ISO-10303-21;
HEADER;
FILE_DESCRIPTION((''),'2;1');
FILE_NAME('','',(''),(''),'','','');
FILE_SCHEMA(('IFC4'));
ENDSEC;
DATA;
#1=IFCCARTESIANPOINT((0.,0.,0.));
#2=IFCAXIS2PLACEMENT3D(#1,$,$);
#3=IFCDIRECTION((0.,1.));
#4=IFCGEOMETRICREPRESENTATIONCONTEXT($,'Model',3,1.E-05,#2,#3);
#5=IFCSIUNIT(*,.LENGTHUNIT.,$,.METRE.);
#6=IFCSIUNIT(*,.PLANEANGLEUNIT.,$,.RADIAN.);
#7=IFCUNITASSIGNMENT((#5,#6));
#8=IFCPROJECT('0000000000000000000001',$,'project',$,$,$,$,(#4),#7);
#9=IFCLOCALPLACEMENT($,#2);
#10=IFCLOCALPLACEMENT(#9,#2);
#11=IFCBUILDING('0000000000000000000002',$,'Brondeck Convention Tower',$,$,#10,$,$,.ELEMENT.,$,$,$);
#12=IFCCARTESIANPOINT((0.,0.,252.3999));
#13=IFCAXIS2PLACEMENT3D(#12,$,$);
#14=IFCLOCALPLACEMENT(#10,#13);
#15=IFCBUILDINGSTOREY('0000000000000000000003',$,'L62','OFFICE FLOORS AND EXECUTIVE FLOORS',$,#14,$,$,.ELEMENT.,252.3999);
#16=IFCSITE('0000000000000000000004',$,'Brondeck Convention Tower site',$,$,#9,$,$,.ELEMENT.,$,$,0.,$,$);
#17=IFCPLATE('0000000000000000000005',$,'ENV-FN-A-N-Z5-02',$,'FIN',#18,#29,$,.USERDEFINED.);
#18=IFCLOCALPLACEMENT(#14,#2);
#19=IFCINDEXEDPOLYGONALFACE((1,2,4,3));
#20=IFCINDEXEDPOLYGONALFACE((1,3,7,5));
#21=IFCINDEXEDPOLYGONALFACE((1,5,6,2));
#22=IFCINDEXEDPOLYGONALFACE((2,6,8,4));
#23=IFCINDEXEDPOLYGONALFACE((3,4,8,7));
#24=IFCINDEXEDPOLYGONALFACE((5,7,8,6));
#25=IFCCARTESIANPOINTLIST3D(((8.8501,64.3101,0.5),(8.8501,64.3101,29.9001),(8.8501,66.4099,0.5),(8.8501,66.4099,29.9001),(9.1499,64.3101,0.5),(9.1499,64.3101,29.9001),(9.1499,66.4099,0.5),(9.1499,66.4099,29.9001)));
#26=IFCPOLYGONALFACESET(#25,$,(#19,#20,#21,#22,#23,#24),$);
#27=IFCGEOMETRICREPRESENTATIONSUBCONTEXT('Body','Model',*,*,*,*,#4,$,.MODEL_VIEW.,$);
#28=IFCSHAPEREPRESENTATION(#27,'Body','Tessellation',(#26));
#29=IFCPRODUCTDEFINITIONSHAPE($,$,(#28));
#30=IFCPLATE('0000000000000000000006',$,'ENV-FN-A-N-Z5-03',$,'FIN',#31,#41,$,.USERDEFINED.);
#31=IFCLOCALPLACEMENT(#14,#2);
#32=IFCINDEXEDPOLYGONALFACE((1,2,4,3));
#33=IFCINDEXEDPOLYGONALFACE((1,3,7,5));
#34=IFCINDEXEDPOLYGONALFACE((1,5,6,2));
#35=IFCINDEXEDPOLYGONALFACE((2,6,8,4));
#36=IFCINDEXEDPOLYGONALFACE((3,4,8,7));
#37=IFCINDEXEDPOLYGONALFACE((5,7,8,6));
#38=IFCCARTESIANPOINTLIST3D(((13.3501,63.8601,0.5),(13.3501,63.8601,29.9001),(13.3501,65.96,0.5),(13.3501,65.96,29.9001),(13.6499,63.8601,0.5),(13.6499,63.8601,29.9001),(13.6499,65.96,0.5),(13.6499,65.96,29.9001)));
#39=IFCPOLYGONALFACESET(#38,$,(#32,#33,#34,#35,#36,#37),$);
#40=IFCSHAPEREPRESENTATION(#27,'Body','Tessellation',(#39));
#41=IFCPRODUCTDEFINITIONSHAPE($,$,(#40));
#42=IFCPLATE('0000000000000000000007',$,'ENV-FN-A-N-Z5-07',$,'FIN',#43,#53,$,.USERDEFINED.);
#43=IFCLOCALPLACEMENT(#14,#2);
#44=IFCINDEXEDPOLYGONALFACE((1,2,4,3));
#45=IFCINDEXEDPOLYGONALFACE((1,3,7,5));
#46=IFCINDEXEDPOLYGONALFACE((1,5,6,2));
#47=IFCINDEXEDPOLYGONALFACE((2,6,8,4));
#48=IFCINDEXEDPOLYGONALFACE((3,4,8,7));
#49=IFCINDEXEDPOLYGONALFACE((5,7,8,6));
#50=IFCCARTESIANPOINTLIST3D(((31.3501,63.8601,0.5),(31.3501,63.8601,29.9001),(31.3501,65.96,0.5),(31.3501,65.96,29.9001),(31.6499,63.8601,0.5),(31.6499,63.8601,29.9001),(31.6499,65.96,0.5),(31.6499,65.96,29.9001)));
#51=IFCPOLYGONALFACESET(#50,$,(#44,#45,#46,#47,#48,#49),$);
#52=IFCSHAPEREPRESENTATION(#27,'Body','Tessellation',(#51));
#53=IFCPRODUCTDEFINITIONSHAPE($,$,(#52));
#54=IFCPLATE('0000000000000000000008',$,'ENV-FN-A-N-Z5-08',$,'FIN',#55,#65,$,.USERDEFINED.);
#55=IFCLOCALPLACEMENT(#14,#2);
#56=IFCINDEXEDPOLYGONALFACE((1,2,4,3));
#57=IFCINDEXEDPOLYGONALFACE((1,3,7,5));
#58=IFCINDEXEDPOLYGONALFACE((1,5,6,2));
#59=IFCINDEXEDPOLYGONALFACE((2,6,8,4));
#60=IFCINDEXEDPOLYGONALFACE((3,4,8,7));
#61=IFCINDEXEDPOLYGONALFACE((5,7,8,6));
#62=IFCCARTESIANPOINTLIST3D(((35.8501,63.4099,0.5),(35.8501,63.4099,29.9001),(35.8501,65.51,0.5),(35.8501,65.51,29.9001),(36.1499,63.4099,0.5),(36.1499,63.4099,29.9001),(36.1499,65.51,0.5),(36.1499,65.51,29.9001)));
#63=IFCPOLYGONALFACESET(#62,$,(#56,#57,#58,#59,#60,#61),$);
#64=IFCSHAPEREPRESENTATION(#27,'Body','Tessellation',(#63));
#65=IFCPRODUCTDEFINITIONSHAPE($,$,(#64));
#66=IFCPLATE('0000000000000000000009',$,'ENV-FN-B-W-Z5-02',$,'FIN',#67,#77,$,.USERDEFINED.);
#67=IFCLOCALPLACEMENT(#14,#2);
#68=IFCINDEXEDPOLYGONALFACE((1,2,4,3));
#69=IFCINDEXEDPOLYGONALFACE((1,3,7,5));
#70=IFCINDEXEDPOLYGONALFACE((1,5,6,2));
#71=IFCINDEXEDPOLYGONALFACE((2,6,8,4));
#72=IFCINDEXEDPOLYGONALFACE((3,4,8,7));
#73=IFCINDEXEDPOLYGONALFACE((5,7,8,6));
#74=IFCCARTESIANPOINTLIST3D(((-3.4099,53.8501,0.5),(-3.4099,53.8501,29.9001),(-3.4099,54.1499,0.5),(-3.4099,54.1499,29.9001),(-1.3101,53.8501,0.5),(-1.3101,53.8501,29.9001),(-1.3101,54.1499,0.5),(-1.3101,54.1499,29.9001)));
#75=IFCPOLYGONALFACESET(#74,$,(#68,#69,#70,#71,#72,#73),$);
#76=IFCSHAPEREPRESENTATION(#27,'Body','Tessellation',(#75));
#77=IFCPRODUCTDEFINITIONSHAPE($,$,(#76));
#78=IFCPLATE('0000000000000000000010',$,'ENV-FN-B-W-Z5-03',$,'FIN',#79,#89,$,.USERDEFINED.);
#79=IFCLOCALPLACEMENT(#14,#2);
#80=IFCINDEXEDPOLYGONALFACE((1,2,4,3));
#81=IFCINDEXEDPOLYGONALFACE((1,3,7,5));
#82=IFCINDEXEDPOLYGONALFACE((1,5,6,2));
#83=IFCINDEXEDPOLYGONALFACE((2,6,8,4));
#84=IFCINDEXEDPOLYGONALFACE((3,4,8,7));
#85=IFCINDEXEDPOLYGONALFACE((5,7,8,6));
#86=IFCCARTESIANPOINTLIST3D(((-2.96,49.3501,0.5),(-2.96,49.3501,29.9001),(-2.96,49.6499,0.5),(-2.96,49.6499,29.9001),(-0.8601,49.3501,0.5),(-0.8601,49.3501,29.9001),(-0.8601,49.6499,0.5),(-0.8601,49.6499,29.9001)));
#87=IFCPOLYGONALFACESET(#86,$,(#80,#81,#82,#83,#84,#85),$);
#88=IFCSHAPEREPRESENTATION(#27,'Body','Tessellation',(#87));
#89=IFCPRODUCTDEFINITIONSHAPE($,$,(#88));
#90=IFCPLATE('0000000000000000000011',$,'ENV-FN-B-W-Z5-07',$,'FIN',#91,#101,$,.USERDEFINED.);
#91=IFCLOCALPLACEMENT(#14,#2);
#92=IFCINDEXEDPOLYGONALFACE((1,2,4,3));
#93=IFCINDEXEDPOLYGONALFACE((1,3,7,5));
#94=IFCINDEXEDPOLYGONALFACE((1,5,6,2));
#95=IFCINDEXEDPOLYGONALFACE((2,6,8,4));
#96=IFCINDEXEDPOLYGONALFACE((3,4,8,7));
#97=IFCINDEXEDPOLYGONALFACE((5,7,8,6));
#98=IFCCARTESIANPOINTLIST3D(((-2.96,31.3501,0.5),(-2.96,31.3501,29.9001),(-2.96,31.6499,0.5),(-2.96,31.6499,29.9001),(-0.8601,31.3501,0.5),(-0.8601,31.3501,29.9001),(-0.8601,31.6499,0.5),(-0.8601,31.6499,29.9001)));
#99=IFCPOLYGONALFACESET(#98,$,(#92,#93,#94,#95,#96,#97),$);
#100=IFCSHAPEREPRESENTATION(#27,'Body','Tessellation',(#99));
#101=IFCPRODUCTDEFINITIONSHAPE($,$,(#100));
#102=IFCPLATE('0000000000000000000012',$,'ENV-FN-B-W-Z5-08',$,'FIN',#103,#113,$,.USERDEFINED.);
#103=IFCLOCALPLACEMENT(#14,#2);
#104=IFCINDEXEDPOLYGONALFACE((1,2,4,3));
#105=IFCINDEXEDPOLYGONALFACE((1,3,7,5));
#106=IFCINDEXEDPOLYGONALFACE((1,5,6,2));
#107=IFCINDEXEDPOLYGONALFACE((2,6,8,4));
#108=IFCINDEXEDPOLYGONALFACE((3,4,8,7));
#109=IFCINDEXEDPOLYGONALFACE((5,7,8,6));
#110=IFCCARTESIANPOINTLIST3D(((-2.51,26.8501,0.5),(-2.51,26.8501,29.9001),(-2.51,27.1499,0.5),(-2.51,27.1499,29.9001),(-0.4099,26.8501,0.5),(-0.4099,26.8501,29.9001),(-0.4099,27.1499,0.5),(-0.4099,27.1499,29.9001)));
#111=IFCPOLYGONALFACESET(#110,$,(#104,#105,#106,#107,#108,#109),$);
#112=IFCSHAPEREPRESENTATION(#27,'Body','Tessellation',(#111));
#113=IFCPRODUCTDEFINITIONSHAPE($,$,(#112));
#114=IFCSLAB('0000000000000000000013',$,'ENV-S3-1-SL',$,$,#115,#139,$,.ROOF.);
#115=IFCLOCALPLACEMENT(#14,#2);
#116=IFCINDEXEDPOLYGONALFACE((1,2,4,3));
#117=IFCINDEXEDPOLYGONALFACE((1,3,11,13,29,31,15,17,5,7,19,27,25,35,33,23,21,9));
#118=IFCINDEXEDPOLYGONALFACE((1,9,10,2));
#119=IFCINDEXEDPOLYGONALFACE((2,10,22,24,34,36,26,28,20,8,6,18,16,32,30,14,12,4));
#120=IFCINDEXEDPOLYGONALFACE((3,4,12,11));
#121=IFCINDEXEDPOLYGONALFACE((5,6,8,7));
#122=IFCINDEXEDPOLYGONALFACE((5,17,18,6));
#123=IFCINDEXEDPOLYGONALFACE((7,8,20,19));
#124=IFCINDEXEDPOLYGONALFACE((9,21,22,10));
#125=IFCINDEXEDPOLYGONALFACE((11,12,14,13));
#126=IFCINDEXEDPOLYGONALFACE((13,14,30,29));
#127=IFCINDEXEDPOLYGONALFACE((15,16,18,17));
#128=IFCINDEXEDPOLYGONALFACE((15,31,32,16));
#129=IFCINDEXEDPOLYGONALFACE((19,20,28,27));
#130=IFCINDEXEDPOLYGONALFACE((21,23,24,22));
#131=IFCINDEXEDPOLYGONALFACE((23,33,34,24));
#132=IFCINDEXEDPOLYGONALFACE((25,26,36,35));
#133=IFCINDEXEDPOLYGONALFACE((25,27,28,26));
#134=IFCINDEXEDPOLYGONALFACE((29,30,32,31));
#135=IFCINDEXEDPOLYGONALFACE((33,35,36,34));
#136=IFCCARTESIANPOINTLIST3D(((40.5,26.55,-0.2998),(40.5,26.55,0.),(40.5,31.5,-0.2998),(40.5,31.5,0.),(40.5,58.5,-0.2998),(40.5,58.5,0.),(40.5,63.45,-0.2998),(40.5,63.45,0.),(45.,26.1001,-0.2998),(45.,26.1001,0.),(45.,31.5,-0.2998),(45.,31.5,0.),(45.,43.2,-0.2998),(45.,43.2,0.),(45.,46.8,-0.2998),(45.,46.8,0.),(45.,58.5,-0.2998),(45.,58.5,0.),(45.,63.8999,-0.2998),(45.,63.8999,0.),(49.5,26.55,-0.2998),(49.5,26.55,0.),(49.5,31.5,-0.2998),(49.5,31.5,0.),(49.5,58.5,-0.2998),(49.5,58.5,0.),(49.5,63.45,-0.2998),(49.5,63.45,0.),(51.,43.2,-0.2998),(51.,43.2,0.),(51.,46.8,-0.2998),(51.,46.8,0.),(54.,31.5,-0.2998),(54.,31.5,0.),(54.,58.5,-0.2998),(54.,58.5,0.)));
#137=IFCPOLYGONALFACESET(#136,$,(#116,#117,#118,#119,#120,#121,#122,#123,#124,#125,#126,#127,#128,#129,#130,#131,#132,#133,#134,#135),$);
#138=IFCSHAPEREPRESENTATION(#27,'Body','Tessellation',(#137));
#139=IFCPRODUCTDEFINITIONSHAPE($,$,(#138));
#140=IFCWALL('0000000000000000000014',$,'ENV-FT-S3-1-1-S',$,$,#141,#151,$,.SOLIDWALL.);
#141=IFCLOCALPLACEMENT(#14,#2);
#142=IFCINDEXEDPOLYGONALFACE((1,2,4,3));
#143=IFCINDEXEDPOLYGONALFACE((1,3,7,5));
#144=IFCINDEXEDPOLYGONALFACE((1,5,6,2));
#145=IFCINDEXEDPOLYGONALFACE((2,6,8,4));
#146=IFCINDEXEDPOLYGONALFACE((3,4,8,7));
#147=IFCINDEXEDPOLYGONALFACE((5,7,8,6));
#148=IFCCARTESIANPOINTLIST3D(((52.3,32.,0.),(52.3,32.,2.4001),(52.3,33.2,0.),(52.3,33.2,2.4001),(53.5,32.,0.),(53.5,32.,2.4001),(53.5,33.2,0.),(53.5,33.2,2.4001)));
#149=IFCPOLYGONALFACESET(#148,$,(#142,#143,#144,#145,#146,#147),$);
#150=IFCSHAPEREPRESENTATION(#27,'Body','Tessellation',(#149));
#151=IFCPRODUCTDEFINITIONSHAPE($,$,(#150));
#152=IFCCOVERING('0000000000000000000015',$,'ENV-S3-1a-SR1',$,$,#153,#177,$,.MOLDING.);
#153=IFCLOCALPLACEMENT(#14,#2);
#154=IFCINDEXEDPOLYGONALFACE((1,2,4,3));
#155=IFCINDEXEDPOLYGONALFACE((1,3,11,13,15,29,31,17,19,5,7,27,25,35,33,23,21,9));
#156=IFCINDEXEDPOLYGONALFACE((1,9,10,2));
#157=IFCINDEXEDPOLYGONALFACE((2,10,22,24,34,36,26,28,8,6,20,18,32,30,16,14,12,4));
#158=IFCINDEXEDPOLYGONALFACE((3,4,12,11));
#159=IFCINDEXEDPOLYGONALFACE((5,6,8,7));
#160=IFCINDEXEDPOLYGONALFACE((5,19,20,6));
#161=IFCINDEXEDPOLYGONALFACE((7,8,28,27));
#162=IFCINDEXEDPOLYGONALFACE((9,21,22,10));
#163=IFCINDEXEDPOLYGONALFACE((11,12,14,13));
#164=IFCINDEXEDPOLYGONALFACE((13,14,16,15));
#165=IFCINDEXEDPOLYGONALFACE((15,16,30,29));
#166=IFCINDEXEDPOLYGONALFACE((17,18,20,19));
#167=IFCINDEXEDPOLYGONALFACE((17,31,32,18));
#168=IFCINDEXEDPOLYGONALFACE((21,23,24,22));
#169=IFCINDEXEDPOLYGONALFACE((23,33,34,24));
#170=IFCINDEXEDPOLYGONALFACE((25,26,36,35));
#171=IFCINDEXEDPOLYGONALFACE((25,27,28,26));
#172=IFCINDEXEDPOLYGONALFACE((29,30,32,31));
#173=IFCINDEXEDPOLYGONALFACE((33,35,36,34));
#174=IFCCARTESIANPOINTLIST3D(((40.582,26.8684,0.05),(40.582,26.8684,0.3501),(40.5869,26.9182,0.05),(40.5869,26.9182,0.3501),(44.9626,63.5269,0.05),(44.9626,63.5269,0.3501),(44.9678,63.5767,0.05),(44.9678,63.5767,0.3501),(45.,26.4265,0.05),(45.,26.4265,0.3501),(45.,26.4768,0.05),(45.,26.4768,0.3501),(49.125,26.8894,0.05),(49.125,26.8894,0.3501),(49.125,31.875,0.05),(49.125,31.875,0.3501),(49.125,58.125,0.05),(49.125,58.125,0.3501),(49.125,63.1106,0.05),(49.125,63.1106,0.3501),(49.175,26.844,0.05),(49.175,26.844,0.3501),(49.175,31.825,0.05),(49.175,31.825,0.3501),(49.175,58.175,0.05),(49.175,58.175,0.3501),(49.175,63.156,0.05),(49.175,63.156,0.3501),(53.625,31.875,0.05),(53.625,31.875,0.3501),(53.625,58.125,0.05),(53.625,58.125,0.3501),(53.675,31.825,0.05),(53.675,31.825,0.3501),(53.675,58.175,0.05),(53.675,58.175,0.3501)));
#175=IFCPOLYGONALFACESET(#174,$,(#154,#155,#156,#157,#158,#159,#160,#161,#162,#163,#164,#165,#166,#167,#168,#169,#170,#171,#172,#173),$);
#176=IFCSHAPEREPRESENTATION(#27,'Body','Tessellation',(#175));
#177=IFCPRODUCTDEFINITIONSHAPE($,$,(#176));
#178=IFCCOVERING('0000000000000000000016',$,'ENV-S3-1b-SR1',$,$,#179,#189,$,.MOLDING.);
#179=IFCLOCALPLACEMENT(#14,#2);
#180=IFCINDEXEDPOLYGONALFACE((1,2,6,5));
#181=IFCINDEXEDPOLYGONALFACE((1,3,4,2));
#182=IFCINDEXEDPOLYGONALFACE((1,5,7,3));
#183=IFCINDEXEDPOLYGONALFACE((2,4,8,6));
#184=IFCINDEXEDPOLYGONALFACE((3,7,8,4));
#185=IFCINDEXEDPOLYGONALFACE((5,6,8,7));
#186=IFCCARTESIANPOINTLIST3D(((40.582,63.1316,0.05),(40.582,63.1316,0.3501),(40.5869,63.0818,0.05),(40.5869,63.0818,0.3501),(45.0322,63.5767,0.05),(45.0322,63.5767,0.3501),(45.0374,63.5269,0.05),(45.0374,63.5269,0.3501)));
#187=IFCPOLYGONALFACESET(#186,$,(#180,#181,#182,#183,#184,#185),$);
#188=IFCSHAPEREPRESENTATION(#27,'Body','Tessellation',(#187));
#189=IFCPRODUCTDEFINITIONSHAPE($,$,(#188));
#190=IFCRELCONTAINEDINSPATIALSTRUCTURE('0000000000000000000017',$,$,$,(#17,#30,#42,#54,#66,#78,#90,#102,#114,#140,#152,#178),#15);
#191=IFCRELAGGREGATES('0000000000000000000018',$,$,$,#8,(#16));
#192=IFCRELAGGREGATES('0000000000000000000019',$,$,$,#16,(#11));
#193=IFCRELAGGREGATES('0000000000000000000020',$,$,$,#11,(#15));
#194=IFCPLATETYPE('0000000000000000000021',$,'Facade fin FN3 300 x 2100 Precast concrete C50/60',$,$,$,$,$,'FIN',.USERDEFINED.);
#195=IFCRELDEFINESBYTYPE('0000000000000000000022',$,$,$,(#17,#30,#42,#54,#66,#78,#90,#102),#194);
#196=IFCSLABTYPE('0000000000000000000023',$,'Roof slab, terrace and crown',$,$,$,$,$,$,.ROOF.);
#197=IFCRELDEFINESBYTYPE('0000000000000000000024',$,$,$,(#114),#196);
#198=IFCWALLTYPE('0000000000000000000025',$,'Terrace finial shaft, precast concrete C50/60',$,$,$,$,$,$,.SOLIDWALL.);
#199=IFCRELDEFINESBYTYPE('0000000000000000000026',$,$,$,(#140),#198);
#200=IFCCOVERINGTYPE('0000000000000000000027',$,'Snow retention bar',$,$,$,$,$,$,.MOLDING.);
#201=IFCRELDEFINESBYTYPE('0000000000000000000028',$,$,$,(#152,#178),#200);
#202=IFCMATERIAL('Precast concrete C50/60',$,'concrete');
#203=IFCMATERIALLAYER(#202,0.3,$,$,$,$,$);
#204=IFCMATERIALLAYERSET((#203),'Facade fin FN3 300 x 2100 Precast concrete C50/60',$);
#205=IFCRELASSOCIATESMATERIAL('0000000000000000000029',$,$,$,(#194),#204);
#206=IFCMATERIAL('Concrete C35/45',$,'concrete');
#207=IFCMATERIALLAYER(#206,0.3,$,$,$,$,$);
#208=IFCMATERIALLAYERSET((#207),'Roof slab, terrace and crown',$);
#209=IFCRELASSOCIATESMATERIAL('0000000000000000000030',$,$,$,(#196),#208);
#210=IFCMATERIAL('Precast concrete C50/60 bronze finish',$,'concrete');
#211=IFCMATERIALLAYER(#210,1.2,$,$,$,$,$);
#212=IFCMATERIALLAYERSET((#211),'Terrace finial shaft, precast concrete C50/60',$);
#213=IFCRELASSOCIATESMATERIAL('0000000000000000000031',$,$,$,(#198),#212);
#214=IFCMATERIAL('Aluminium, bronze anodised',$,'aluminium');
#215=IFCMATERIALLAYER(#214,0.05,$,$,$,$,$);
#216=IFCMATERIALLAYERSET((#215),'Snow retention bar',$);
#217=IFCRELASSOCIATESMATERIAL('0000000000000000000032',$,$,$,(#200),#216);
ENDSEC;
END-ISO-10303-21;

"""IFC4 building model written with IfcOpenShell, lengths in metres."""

from ifc_helpers import new_model, si_unit, direction, frame, origin, place, context, subcontext, project, spatial, polyline, outline, extrude, material, layer, layer_set, type_object, element, save


model = new_model("IFC4")

# Units and contexts
model_context = context("Model", 3, precision=1e-05, world=origin(), true_north=direction((0.0, 1.0)))
body_context = subcontext(model_context, "Body", "Model", "MODEL_VIEW")
ifc_project = project(units=[si_unit("LENGTHUNIT", "METRE"), si_unit("PLANEANGLEUNIT", "RADIAN")], contexts=[model_context])

# Site, building, storey
site_placement = place(None, origin())
site = spatial("IfcSite", under=ifc_project, at=site_placement, Name="Brondeck Convention Tower site", CompositionType="ELEMENT", RefElevation=0.0)
building_placement = place(site_placement, origin())
building = spatial("IfcBuilding", under=site, at=building_placement, Name="Brondeck Convention Tower", CompositionType="ELEMENT")
storey_placement = place(building_placement, frame((0.0, 0.0, 252.3999)))
storey = spatial("IfcBuildingStorey", under=building, at=storey_placement, Name="L62", Description="OFFICE FLOORS AND EXECUTIVE FLOORS", CompositionType="ELEMENT", Elevation=252.3999)

# Shared definitions
ifc_material_1 = material(Name="Concrete C35/45", Category="concrete")

# Plates
ifc_material_2 = material(Name="Precast concrete C50/60", Category="concrete")
ifc_layer_1 = layer(ifc_material_2, 0.3)
ifc_layer_set_1 = layer_set([ifc_layer_1], Name="Facade fin FN3 300 x 2100 Precast concrete C50/60")
plate_type_1 = type_object("IfcPlateType", Name="Facade fin FN3 300 x 2100 Precast concrete C50/60", ElementType="FIN", PredefinedType="USERDEFINED", material=ifc_layer_set_1)
plate_1_placement = place(storey_placement, frame((0.0, 0.0, 0.5)))
element("IfcPlate", 1, at=plate_1_placement, inside=storey, type_object=plate_type_1, Name="ENV-FN-A-N-Z5-02", ObjectType="FIN", PredefinedType="USERDEFINED", context=body_context, shape_type="SweptSolid", body=[
    extrude(outline(polyline([(8.8501, 66.4099), (8.8501, 64.3101), (9.1499, 64.3101), (9.1499, 66.4099), (8.8501, 66.4099)])), origin(), (0.0, 0.0, 1.0), 29.4001),
])
plate_2_placement = place(storey_placement, frame((0.0, 0.0, 0.5)))
element("IfcPlate", 2, at=plate_2_placement, inside=storey, type_object=plate_type_1, Name="ENV-FN-A-N-Z5-03", ObjectType="FIN", PredefinedType="USERDEFINED", context=body_context, shape_type="SweptSolid", body=[
    extrude(outline(polyline([(13.3501, 65.96), (13.3501, 63.8601), (13.6499, 63.8601), (13.6499, 65.96), (13.3501, 65.96)])), origin(), (0.0, 0.0, 1.0), 29.4001),
])
plate_3_placement = place(storey_placement, frame((0.0, 0.0, 0.5)))
element("IfcPlate", 3, at=plate_3_placement, inside=storey, type_object=plate_type_1, Name="ENV-FN-A-N-Z5-07", ObjectType="FIN", PredefinedType="USERDEFINED", context=body_context, shape_type="SweptSolid", body=[
    extrude(outline(polyline([(31.3501, 65.96), (31.3501, 63.8601), (31.6499, 63.8601), (31.6499, 65.96), (31.3501, 65.96)])), origin(), (0.0, 0.0, 1.0), 29.4001),
])
plate_4_placement = place(storey_placement, frame((0.0, 0.0, 0.5)))
element("IfcPlate", 4, at=plate_4_placement, inside=storey, type_object=plate_type_1, Name="ENV-FN-A-N-Z5-08", ObjectType="FIN", PredefinedType="USERDEFINED", context=body_context, shape_type="SweptSolid", body=[
    extrude(outline(polyline([(35.8501, 65.51), (35.8501, 63.4099), (36.1499, 63.4099), (36.1499, 65.51), (35.8501, 65.51)])), origin(), (0.0, 0.0, 1.0), 29.4001),
])
plate_5_placement = place(storey_placement, frame((0.0, 0.0, 0.5)))
element("IfcPlate", 5, at=plate_5_placement, inside=storey, type_object=plate_type_1, Name="ENV-FN-B-W-Z5-02", ObjectType="FIN", PredefinedType="USERDEFINED", context=body_context, shape_type="SweptSolid", body=[
    extrude(outline(polyline([(-3.4099, 53.8501), (-1.3101, 53.8501), (-1.3101, 54.1499), (-3.4099, 54.1499), (-3.4099, 53.8501)])), origin(), (0.0, 0.0, 1.0), 29.4001),
])
plate_6_placement = place(storey_placement, frame((0.0, 0.0, 0.5)))
element("IfcPlate", 6, at=plate_6_placement, inside=storey, type_object=plate_type_1, Name="ENV-FN-B-W-Z5-03", ObjectType="FIN", PredefinedType="USERDEFINED", context=body_context, shape_type="SweptSolid", body=[
    extrude(outline(polyline([(-2.96, 49.3501), (-0.8601, 49.3501), (-0.8601, 49.6499), (-2.96, 49.6499), (-2.96, 49.3501)])), origin(), (0.0, 0.0, 1.0), 29.4001),
])
plate_7_placement = place(storey_placement, frame((0.0, 0.0, 0.5)))
element("IfcPlate", 7, at=plate_7_placement, inside=storey, type_object=plate_type_1, Name="ENV-FN-B-W-Z5-07", ObjectType="FIN", PredefinedType="USERDEFINED", context=body_context, shape_type="SweptSolid", body=[
    extrude(outline(polyline([(-2.96, 31.3501), (-0.8601, 31.3501), (-0.8601, 31.6499), (-2.96, 31.6499), (-2.96, 31.3501)])), origin(), (0.0, 0.0, 1.0), 29.4001),
])
plate_8_placement = place(storey_placement, frame((0.0, 0.0, 0.5)))
element("IfcPlate", 8, at=plate_8_placement, inside=storey, type_object=plate_type_1, Name="ENV-FN-B-W-Z5-08", ObjectType="FIN", PredefinedType="USERDEFINED", context=body_context, shape_type="SweptSolid", body=[
    extrude(outline(polyline([(-2.51, 26.8501), (-0.4099, 26.8501), (-0.4099, 27.1499), (-2.51, 27.1499), (-2.51, 26.8501)])), origin(), (0.0, 0.0, 1.0), 29.4001),
])

# Slab
ifc_layer_2 = layer(ifc_material_1, 0.3)
ifc_layer_set_2 = layer_set([ifc_layer_2], Name="Roof slab, terrace and crown")
slab_type_1 = type_object("IfcSlabType", Name="Roof slab, terrace and crown", PredefinedType="ROOF", material=ifc_layer_set_2)
slab_1_placement = place(storey_placement, frame((0.0, 0.0, -0.2998)))
element("IfcSlab", 9, at=slab_1_placement, inside=storey, type_object=slab_type_1, Name="ENV-S3-1-SL", PredefinedType="ROOF", context=body_context, shape_type="SweptSolid", body=[
    extrude(outline(polyline([(49.5, 63.45), (45.0, 63.8999), (40.5, 63.45), (40.5, 58.5), (45.0, 58.5), (45.0, 46.8), (51.0, 46.8), (51.0, 43.2), (45.0, 43.2), (45.0, 31.5), (40.5, 31.5), (40.5, 26.55), (45.0, 26.1001), (49.5, 26.55), (49.5, 31.5), (54.0, 31.5), (54.0, 58.5), (49.5, 58.5), (49.5, 63.45)])), origin(), (0.0, 0.0, 1.0), 0.2998),
])

# Wall
ifc_material_3 = material(Name="Precast concrete C50/60 bronze finish", Category="concrete")
ifc_layer_3 = layer(ifc_material_3, 1.2)
ifc_layer_set_3 = layer_set([ifc_layer_3], Name="Terrace finial shaft, precast concrete C50/60")
wall_type = type_object("IfcWallType", Name="Terrace finial shaft, precast concrete C50/60", PredefinedType="SOLIDWALL", material=ifc_layer_set_3)
wall_placement = place(storey_placement, origin())
element("IfcWall", 10, at=wall_placement, inside=storey, type_object=wall_type, Name="ENV-FT-S3-1-1-S", PredefinedType="SOLIDWALL", context=body_context, shape_type="SweptSolid", body=[
    extrude(outline(polyline([(53.5, 32.0), (53.5, 33.2), (52.3, 33.2), (52.3, 32.0), (53.5, 32.0)])), origin(), (0.0, 0.0, 1.0), 2.4001),
])

# Coverings
ifc_material_4 = material(Name="Aluminium, bronze anodised", Category="aluminium")
ifc_layer_4 = layer(ifc_material_4, 0.05)
ifc_layer_set_4 = layer_set([ifc_layer_4], Name="Snow retention bar")
covering_type_1 = type_object("IfcCoveringType", Name="Snow retention bar", PredefinedType="MOLDING", material=ifc_layer_set_4)
covering_1_placement = place(storey_placement, frame((0.0, 0.0, 0.05)))
element("IfcCovering", 11, at=covering_1_placement, inside=storey, type_object=covering_type_1, Name="ENV-S3-1a-SR1", PredefinedType="MOLDING", context=body_context, shape_type="SweptSolid", body=[
    extrude(outline(polyline([(49.175, 63.156), (44.9678, 63.5767), (44.9626, 63.5269), (49.125, 63.1106), (49.125, 58.125), (53.625, 58.125), (53.625, 31.875), (49.125, 31.875), (49.125, 26.8894), (45.0, 26.4768), (40.5869, 26.9182), (40.582, 26.8684), (45.0, 26.4265), (49.175, 26.844), (49.175, 31.825), (53.675, 31.825), (53.675, 58.175), (49.175, 58.175), (49.175, 63.156)])), origin(), (0.0, 0.0, 1.0), 0.3),
])
covering_2_placement = place(storey_placement, frame((0.0, 0.0, 0.05)))
element("IfcCovering", 12, at=covering_2_placement, inside=storey, type_object=covering_type_1, Name="ENV-S3-1b-SR1", PredefinedType="MOLDING", context=body_context, shape_type="SweptSolid", body=[
    extrude(outline(polyline([(45.0322, 63.5767), (40.582, 63.1316), (40.5869, 63.0818), (45.0374, 63.5269), (45.0322, 63.5767)])), origin(), (0.0, 0.0, 1.0), 0.3),
])

save(model, "model.ifc")
